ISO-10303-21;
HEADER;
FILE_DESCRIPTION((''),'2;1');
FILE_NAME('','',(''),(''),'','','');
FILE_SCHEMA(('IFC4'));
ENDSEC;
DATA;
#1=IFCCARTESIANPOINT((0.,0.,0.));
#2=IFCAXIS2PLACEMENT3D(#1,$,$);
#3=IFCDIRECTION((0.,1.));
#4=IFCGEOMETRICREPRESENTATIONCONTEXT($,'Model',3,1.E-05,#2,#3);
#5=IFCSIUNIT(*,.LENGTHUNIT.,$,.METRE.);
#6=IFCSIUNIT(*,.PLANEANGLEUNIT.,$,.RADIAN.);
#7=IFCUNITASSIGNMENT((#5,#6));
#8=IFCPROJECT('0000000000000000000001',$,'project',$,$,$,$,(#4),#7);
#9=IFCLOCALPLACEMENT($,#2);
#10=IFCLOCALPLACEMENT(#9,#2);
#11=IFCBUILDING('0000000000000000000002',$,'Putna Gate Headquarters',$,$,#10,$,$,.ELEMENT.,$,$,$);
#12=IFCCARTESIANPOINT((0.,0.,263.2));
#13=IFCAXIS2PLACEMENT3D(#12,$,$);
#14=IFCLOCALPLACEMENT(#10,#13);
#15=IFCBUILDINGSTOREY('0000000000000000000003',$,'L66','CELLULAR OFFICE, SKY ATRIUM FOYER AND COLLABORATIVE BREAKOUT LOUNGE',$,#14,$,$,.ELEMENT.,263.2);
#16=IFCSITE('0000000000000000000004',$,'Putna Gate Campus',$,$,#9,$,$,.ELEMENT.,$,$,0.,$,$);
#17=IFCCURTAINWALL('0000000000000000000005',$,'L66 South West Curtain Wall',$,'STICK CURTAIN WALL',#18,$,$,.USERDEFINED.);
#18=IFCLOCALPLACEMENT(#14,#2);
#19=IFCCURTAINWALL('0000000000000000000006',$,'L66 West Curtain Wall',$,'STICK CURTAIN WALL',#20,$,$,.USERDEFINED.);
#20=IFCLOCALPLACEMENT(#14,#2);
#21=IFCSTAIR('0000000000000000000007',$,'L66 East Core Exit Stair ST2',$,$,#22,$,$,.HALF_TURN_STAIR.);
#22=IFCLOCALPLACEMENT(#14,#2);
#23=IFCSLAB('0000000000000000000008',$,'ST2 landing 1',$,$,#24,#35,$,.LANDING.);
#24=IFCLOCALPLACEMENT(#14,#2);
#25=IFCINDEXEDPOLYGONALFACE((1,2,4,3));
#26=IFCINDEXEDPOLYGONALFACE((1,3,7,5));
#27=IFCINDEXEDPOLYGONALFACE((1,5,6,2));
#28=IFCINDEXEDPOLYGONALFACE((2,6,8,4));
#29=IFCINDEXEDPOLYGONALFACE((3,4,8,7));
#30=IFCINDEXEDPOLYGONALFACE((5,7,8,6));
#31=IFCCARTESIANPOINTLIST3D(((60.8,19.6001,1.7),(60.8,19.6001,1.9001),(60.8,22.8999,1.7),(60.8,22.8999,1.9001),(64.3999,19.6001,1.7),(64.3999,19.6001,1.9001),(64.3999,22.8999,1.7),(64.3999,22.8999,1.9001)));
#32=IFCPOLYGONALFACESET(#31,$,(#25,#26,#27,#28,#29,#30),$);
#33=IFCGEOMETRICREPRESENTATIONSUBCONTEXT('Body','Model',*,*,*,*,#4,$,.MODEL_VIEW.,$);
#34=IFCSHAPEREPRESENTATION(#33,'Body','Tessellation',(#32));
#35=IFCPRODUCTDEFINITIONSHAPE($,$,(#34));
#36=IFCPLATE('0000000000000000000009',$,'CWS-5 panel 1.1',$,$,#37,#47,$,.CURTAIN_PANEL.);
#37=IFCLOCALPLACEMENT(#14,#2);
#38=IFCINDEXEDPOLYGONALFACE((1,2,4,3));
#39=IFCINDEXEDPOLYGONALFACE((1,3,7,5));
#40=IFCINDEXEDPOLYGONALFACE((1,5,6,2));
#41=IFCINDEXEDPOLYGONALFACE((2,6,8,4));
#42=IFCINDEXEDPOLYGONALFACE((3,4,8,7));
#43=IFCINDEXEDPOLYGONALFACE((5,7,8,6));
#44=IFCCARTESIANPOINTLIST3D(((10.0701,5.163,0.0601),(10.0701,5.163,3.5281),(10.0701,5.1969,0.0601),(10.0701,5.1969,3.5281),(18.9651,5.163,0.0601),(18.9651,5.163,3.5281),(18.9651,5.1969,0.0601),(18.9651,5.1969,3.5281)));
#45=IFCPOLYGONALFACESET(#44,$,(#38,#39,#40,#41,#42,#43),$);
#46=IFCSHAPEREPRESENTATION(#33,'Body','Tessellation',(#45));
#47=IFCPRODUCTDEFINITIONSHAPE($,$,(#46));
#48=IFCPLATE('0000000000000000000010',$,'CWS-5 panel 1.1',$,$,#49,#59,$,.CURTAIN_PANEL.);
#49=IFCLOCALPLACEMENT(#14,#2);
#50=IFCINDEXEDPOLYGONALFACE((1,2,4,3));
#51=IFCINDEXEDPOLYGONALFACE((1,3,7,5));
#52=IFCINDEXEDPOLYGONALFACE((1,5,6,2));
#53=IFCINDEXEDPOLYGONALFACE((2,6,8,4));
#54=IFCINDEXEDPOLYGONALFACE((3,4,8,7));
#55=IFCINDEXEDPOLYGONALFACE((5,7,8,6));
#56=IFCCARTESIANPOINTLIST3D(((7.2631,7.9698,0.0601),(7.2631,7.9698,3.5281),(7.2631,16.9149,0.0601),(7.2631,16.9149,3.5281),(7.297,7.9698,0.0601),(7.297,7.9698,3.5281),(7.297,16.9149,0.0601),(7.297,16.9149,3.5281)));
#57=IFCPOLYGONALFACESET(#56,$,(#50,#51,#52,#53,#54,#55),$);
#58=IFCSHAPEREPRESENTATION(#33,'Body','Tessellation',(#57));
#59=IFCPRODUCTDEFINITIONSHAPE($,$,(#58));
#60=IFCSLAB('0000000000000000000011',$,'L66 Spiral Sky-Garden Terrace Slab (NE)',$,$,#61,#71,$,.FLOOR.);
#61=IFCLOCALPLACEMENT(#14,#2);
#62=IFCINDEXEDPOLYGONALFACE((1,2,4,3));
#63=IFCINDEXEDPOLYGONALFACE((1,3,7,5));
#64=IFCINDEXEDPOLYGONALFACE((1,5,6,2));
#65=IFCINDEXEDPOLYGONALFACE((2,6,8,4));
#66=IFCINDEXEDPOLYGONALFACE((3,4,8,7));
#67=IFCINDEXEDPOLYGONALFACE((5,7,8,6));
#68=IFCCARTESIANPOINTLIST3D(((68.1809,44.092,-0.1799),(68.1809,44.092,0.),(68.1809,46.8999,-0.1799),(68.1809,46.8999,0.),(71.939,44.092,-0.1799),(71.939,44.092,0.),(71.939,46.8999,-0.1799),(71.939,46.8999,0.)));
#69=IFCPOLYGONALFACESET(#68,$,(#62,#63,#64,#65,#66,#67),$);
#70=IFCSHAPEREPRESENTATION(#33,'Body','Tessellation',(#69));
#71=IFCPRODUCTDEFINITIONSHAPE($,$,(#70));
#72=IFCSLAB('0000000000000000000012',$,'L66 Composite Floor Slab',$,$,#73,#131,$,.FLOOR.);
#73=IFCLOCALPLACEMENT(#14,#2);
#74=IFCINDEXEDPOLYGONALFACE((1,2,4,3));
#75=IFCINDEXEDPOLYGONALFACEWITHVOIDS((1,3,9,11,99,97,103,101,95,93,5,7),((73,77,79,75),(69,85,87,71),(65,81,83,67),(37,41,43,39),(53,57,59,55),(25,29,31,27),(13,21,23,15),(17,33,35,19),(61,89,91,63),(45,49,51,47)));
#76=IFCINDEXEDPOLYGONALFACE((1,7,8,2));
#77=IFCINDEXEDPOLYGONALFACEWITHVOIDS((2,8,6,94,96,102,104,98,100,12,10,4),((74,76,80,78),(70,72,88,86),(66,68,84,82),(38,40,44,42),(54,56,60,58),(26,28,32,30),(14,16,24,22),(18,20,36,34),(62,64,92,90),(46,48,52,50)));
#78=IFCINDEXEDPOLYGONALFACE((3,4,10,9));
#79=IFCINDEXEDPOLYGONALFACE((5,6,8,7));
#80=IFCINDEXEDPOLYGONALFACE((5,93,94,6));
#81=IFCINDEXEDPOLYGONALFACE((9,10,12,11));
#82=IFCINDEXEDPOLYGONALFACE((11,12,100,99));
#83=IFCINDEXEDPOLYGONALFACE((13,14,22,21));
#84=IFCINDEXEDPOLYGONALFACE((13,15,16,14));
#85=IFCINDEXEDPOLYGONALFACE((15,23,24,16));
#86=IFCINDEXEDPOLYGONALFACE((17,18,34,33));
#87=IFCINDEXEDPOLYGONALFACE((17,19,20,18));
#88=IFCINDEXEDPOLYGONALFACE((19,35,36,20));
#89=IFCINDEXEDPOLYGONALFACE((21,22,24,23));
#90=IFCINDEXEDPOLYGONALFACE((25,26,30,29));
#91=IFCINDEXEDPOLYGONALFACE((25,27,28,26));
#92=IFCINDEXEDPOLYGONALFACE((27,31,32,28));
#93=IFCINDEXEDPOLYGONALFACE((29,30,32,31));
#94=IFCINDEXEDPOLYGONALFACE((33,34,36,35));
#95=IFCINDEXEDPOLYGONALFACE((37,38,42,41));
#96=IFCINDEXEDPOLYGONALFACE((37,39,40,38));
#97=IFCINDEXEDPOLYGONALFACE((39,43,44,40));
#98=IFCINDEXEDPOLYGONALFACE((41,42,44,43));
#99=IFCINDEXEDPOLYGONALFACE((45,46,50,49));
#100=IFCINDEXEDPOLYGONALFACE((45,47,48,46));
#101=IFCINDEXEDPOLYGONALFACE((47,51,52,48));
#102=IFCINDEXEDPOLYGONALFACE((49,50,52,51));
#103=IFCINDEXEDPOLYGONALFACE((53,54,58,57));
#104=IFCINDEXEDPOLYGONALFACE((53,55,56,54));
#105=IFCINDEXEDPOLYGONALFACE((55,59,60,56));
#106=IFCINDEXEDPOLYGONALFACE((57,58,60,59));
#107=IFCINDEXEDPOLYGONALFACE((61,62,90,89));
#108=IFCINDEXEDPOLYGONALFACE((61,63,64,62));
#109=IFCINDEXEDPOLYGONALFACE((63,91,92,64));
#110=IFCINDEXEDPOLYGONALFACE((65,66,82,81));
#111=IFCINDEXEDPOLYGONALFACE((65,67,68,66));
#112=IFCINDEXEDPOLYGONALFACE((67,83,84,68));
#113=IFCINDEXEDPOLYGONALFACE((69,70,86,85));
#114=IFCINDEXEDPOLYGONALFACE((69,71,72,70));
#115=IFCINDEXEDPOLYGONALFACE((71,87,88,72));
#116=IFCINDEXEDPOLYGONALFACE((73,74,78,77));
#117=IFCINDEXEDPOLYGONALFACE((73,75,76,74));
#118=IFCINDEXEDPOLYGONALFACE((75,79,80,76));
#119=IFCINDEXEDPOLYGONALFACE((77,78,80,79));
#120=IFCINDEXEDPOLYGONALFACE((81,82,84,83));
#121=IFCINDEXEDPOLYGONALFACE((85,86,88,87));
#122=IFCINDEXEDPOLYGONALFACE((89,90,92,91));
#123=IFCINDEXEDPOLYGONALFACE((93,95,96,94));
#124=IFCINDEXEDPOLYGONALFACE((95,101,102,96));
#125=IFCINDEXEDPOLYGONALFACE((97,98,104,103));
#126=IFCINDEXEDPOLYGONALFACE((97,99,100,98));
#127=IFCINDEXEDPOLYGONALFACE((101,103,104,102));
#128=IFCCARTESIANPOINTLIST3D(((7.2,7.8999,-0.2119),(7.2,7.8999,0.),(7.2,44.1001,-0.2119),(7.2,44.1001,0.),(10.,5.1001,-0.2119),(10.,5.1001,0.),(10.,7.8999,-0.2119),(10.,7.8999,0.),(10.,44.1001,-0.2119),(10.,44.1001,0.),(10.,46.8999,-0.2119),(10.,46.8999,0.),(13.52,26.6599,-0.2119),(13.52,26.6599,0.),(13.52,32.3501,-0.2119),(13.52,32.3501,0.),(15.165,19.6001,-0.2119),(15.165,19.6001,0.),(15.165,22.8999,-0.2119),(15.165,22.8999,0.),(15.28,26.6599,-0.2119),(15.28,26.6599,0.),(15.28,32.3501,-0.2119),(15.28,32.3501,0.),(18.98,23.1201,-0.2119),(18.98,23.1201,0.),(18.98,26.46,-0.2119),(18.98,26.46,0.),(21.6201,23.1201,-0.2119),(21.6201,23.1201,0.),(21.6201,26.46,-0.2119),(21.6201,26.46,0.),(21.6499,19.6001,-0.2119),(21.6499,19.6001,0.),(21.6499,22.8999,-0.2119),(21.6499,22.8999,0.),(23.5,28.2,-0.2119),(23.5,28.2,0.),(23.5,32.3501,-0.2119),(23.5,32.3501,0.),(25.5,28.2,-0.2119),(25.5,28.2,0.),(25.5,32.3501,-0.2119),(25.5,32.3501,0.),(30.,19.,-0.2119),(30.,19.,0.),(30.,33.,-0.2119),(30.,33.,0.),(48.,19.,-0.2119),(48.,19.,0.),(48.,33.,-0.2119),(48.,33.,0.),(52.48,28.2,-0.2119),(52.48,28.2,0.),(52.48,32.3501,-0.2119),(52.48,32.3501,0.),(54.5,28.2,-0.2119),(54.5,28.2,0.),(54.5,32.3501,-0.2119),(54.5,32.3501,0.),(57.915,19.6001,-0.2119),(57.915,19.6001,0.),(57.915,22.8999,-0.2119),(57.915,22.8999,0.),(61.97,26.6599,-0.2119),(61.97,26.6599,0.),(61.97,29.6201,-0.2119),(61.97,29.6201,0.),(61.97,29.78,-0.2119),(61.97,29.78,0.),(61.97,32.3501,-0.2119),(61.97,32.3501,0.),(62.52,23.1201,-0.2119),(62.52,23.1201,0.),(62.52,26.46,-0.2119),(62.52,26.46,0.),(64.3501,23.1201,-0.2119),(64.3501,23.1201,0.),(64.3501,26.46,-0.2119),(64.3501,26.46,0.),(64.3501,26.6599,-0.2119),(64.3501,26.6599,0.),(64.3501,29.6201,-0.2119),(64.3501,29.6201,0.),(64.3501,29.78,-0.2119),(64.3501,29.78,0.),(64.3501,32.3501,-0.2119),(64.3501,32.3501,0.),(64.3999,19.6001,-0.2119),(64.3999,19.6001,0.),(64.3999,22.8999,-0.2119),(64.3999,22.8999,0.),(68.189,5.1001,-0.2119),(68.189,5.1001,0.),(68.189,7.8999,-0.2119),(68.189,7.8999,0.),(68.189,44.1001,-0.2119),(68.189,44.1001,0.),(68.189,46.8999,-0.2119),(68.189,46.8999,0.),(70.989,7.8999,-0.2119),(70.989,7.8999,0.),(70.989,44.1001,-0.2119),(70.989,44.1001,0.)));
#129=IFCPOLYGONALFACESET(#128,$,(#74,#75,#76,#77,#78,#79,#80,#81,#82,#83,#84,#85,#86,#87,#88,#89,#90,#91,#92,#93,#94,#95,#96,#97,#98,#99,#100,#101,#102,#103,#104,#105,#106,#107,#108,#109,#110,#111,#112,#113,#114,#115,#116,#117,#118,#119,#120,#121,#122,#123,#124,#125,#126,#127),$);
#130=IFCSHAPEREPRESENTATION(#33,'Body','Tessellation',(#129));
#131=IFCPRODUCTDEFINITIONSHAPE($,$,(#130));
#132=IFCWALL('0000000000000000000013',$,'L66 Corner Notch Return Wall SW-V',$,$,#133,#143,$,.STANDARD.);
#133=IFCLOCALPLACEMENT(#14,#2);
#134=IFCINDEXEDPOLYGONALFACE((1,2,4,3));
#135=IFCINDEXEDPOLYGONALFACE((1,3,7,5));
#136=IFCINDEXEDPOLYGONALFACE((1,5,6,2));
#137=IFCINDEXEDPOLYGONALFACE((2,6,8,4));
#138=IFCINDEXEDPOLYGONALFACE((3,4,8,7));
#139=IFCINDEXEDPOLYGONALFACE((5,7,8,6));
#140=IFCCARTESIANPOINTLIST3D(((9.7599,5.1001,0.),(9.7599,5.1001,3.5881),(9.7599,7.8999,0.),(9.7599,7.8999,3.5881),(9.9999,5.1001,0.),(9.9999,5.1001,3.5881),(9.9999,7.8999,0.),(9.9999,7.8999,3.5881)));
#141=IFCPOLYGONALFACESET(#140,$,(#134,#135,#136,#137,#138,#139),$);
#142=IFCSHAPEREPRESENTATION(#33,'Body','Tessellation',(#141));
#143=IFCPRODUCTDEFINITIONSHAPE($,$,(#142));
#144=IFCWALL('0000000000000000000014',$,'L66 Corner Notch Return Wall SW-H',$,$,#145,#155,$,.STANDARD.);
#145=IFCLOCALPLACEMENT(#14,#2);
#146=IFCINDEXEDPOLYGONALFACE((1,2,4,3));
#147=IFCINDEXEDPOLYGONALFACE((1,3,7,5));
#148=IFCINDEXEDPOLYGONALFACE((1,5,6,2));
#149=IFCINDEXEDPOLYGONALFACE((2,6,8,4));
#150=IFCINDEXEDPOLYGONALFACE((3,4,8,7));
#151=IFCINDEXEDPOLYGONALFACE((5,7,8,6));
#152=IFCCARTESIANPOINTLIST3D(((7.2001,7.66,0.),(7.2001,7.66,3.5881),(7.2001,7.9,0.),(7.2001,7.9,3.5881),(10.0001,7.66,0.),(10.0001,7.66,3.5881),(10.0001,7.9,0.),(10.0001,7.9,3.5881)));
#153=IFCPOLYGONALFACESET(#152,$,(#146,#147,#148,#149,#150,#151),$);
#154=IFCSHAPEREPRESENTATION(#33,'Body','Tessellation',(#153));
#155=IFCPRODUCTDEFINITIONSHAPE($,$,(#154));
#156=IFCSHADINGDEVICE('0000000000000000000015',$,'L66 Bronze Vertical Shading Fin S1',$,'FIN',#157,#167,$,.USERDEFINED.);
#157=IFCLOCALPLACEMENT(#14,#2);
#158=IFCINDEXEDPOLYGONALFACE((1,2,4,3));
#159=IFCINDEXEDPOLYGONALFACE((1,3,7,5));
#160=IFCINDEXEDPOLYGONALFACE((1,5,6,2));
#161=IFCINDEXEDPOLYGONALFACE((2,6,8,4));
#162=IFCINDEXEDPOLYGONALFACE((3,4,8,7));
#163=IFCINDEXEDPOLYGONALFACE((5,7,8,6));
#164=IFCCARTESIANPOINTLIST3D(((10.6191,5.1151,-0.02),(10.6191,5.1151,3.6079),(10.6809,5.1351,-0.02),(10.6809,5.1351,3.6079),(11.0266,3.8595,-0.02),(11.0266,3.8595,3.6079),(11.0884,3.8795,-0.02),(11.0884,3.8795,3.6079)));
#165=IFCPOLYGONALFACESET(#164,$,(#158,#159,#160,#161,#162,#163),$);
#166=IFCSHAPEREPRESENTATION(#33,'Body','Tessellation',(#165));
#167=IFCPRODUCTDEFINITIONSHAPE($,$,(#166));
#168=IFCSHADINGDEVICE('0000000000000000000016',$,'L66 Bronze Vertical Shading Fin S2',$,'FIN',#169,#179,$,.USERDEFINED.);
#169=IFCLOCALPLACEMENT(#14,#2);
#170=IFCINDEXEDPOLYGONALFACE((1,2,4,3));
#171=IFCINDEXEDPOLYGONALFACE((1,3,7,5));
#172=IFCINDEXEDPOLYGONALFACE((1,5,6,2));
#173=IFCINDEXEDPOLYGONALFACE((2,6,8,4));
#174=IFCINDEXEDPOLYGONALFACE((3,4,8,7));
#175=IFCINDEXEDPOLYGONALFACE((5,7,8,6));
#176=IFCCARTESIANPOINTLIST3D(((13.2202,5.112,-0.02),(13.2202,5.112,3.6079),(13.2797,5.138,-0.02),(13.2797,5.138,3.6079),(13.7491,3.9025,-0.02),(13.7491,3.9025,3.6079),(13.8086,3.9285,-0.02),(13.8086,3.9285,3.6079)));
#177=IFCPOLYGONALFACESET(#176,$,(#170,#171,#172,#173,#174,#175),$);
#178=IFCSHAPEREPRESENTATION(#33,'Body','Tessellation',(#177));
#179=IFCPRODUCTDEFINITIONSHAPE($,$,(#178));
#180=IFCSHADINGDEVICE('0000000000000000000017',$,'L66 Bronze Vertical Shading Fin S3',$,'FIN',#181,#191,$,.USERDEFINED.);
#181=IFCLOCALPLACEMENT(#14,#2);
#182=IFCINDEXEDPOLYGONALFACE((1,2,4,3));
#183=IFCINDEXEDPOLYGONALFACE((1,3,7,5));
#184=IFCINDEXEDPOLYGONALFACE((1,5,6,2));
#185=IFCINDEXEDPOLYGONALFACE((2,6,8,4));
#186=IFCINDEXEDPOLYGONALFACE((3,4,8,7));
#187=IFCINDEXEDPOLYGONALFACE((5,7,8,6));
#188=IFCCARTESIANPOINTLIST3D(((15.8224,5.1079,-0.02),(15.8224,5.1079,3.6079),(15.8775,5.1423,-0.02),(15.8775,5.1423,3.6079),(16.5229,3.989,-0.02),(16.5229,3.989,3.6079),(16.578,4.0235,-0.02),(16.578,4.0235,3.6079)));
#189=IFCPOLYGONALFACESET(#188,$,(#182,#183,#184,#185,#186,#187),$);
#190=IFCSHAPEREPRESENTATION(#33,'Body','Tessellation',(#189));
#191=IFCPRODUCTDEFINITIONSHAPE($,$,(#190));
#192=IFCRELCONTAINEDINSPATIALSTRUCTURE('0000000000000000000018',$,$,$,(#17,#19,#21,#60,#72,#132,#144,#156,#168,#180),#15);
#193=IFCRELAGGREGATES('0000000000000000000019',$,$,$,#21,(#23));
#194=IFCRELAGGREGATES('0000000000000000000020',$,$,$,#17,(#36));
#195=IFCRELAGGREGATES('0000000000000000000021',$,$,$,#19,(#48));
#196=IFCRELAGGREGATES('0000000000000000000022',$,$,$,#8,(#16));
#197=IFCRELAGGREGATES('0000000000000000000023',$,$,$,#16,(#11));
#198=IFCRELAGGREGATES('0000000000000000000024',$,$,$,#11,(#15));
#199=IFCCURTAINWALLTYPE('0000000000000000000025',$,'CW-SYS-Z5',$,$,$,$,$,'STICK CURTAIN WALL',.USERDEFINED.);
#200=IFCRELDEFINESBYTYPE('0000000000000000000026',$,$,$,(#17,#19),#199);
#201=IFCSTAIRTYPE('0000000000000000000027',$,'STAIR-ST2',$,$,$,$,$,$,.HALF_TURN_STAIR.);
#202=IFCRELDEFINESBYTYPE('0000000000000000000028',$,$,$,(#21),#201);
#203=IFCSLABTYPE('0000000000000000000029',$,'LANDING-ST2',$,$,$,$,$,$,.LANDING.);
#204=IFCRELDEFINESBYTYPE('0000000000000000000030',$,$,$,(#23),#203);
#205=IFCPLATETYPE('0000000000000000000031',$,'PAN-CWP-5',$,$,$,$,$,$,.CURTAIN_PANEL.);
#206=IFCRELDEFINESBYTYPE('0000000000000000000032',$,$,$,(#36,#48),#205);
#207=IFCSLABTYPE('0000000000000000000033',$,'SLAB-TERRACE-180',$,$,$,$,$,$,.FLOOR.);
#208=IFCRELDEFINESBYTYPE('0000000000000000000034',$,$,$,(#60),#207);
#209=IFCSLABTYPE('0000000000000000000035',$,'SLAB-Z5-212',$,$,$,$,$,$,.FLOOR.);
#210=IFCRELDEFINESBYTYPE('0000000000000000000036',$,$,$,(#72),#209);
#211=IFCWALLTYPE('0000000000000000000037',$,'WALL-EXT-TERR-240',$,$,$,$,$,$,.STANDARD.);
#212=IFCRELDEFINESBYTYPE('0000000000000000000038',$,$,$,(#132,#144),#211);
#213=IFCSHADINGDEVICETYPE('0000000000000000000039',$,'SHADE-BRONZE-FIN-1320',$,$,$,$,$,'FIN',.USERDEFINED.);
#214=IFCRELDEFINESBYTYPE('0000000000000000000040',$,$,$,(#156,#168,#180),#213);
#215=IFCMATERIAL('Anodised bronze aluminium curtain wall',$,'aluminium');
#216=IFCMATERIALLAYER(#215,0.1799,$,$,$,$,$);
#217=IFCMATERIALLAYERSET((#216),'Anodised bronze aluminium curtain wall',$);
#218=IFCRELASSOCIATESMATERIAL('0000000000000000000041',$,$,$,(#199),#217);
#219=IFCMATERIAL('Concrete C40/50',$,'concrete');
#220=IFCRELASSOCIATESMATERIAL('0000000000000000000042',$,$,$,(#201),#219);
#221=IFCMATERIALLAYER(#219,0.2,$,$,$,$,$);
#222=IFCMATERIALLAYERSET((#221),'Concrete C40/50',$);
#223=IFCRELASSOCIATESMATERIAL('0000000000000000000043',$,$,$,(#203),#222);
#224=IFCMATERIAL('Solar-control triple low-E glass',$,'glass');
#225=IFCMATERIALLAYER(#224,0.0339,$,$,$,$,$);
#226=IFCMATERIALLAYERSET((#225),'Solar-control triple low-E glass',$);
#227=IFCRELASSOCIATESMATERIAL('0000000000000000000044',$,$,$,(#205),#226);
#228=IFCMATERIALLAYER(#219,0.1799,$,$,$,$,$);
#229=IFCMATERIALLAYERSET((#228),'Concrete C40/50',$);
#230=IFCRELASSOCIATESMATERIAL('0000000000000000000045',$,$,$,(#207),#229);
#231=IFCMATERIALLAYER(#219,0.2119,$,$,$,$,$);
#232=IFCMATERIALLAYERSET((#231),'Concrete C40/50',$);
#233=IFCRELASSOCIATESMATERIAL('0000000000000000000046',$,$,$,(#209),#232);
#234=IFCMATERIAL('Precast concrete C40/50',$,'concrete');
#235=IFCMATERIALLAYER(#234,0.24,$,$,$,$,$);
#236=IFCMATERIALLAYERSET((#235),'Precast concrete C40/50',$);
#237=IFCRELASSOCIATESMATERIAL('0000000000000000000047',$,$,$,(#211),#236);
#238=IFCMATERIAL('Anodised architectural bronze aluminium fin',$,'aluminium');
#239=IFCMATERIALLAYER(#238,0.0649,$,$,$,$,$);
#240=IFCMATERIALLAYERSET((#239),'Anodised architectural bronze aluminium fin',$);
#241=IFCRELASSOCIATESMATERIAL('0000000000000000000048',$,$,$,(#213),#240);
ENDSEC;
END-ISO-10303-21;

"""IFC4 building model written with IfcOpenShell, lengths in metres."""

from ifc_helpers import new_model, si_unit, direction, frame, frame_2d, origin, origin_2d, place, context, subcontext, project, spatial, polyline, rectangle, outline, extrude, material, layer, layer_set, type_object, element, aggregate, save


model = new_model("IFC4")

# Units and contexts
model_context = context("Model", 3, precision=1e-05, world=origin(), true_north=direction((0.0, 1.0)))
body_context = subcontext(model_context, "Body", "Model", "MODEL_VIEW")
ifc_project = project(units=[si_unit("LENGTHUNIT", "METRE"), si_unit("PLANEANGLEUNIT", "RADIAN")], contexts=[model_context])

# Site, building, storey
site_placement = place(None, origin())
site = spatial("IfcSite", under=ifc_project, at=site_placement, Name="Putna Gate Campus", CompositionType="ELEMENT", RefElevation=0.0)
building_placement = place(site_placement, origin())
building = spatial("IfcBuilding", under=site, at=building_placement, Name="Putna Gate Headquarters", CompositionType="ELEMENT")
storey_placement = place(building_placement, frame((0.0, 0.0, 263.2)))
storey = spatial("IfcBuildingStorey", under=building, at=storey_placement, Name="L66", Description="CELLULAR OFFICE, SKY ATRIUM FOYER AND COLLABORATIVE BREAKOUT LOUNGE", CompositionType="ELEMENT", Elevation=263.2)

# Curtain walls
ifc_material_1 = material(Name="Anodised bronze aluminium curtain wall", Category="aluminium")
ifc_layer_1 = layer(ifc_material_1, 0.1799)
ifc_layer_set_1 = layer_set([ifc_layer_1], Name="Anodised bronze aluminium curtain wall")
curtain_wall_type = type_object("IfcCurtainWallType", Name="CW-SYS-Z5", ElementType="STICK CURTAIN WALL", PredefinedType="USERDEFINED", material=ifc_layer_set_1)
curtain_wall_1_placement = place(storey_placement, origin())
curtain_wall_1 = element("IfcCurtainWall", 1, at=curtain_wall_1_placement, inside=storey, type_object=curtain_wall_type, Name="L66 South West Curtain Wall", ObjectType="STICK CURTAIN WALL", PredefinedType="USERDEFINED")
curtain_wall_2_placement = place(storey_placement, origin())
curtain_wall_2 = element("IfcCurtainWall", 2, at=curtain_wall_2_placement, inside=storey, type_object=curtain_wall_type, Name="L66 West Curtain Wall", ObjectType="STICK CURTAIN WALL", PredefinedType="USERDEFINED")

# Stair, slab
ifc_material_2 = material(Name="Concrete C40/50", Category="concrete")
stair_type_1 = type_object("IfcStairType", Name="STAIR-ST2", PredefinedType="HALF_TURN_STAIR", material=ifc_material_2)
stair_1_placement = place(storey_placement, origin())
stair_1 = element("IfcStair", 3, at=stair_1_placement, inside=storey, type_object=stair_type_1, Name="L66 East Core Exit Stair ST2", PredefinedType="HALF_TURN_STAIR")
ifc_layer_2 = layer(ifc_material_2, 0.2)
ifc_layer_set_2 = layer_set([ifc_layer_2], Name="Concrete C40/50")
slab_type_1 = type_object("IfcSlabType", Name="LANDING-ST2", PredefinedType="LANDING", material=ifc_layer_set_2)
slab_1_placement = place(storey_placement, frame((0.0, 0.0, 1.7)))
slab_1 = element("IfcSlab", 4, at=slab_1_placement, type_object=slab_type_1, Name="ST2 landing 1", PredefinedType="LANDING", context=body_context, shape_type="SweptSolid", body=[
    extrude(outline(polyline([(60.8, 19.6001), (64.3999, 19.6001), (64.3999, 22.8999), (60.8, 22.8999), (60.8, 19.6001)])), origin(), (0.0, 0.0, 1.0), 0.2002),
])
aggregate(stair_1, [slab_1])

# Plates
ifc_material_3 = material(Name="Solar-control triple low-E glass", Category="glass")
ifc_layer_3 = layer(ifc_material_3, 0.0339)
ifc_layer_set_3 = layer_set([ifc_layer_3], Name="Solar-control triple low-E glass")
plate_type = type_object("IfcPlateType", Name="PAN-CWP-5", PredefinedType="CURTAIN_PANEL", material=ifc_layer_set_3)
plate_1_placement = place(storey_placement, frame((14.5176, 5.1799, 0.0601), z_axis=(0.0, 0.0, 1.0), x_axis=(1.0, 0.0, 0.0)))
plate_1 = element("IfcPlate", 5, at=plate_1_placement, type_object=plate_type, Name="CWS-5 panel 1.1", PredefinedType="CURTAIN_PANEL", context=body_context, shape_type="SweptSolid", body=[
    extrude(rectangle(XDim=8.895, YDim=0.0339, at=origin_2d()), origin(), (0.0, 0.0, 1.0), 3.468),
])
aggregate(curtain_wall_1, [plate_1])
plate_2_placement = place(storey_placement, frame((7.28, 12.4424, 0.0601), z_axis=(0.0, 0.0, 1.0), x_axis=(0.0, 1.0, 0.0)))
plate_2 = element("IfcPlate", 6, at=plate_2_placement, type_object=plate_type, Name="CWS-5 panel 1.1", PredefinedType="CURTAIN_PANEL", context=body_context, shape_type="SweptSolid", body=[
    extrude(rectangle(XDim=8.9451, YDim=0.0339, at=origin_2d()), origin(), (0.0, 0.0, 1.0), 3.468),
])
aggregate(curtain_wall_2, [plate_2])

# Slabs
ifc_layer_4 = layer(ifc_material_2, 0.1799)
ifc_layer_set_4 = layer_set([ifc_layer_4], Name="Concrete C40/50")
slab_type_2 = type_object("IfcSlabType", Name="SLAB-TERRACE-180", PredefinedType="FLOOR", material=ifc_layer_set_4)
slab_2_placement = place(storey_placement, frame((0.0, 0.0, -0.1799)))
element("IfcSlab", 7, at=slab_2_placement, inside=storey, type_object=slab_type_2, Name="L66 Spiral Sky-Garden Terrace Slab (NE)", PredefinedType="FLOOR", context=body_context, shape_type="SweptSolid", body=[
    extrude(outline(polyline([(68.1809, 44.092), (71.939, 44.092), (71.939, 46.8999), (68.1809, 46.8999), (68.1809, 44.092)])), origin(), (0.0, 0.0, 1.0), 0.1799),
])
ifc_layer_5 = layer(ifc_material_2, 0.2119)
ifc_layer_set_5 = layer_set([ifc_layer_5], Name="Concrete C40/50")
slab_type_3 = type_object("IfcSlabType", Name="SLAB-Z5-212", PredefinedType="FLOOR", material=ifc_layer_set_5)
slab_3_placement = place(storey_placement, frame((0.0, 0.0, -0.2119)))
element("IfcSlab", 8, at=slab_3_placement, inside=storey, type_object=slab_type_3, Name="L66 Composite Floor Slab", PredefinedType="FLOOR", context=body_context, shape_type="SweptSolid", body=[
    extrude(outline(polyline([(10.0, 5.1001), (68.189, 5.1001), (68.189, 7.8999), (70.989, 7.8999), (70.989, 44.1001), (68.189, 44.1001), (68.189, 46.8999), (10.0, 46.8999), (10.0, 44.1001), (7.2, 44.1001), (7.2, 7.8999), (10.0, 7.8999), (10.0, 5.1001)]), holes=[polyline([(15.165, 19.6001), (21.6499, 19.6001), (21.6499, 22.8999), (15.165, 22.8999), (15.165, 19.6001)]), polyline([(57.915, 19.6001), (64.3999, 19.6001), (64.3999, 22.8999), (57.915, 22.8999), (57.915, 19.6001)]), polyline([(13.52, 26.6599), (15.28, 26.6599), (15.28, 32.3501), (13.52, 32.3501), (13.52, 26.6599)]), polyline([(61.97, 29.78), (64.3501, 29.78), (64.3501, 32.3501), (61.97, 32.3501), (61.97, 29.78)]), polyline([(18.98, 23.1201), (21.6201, 23.1201), (21.6201, 26.46), (18.98, 26.46), (18.98, 23.1201)]), polyline([(62.52, 23.1201), (64.3501, 23.1201), (64.3501, 26.46), (62.52, 26.46), (62.52, 23.1201)]), polyline([(61.97, 26.6599), (64.3501, 26.6599), (64.3501, 29.6201), (61.97, 29.6201), (61.97, 26.6599)]), polyline([(23.5, 28.2), (25.5, 28.2), (25.5, 32.3501), (23.5, 32.3501), (23.5, 28.2)]), polyline([(52.48, 28.2), (54.5, 28.2), (54.5, 32.3501), (52.48, 32.3501), (52.48, 28.2)]), polyline([(30.0, 19.0), (48.0, 19.0), (48.0, 33.0), (30.0, 33.0), (30.0, 19.0)])]), origin(), (0.0, 0.0, 1.0), 0.2119),
])

# Walls
ifc_material_4 = material(Name="Precast concrete C40/50", Category="concrete")
ifc_layer_6 = layer(ifc_material_4, 0.24)
ifc_layer_set_6 = layer_set([ifc_layer_6], Name="Precast concrete C40/50")
wall_type = type_object("IfcWallType", Name="WALL-EXT-TERR-240", PredefinedType="STANDARD", material=ifc_layer_set_6)
wall_1_placement = place(storey_placement, frame((9.8799, 5.1001, 0.0), z_axis=(0.0, 0.0, 1.0), x_axis=(0.0, 1.0, 0.0)))
element("IfcWall", 9, at=wall_1_placement, inside=storey, type_object=wall_type, Name="L66 Corner Notch Return Wall SW-V", PredefinedType="STANDARD", context=body_context, shape_type="SweptSolid", body=[
    extrude(rectangle(XDim=2.7998, YDim=0.24, at=frame_2d((1.3999, 0.0))), origin(), (0.0, 0.0, 1.0), 3.5881),
])
wall_2_placement = place(storey_placement, frame((10.0, 7.78, 0.0), z_axis=(0.0, 0.0, 1.0), x_axis=(-1.0, 0.0, 0.0)))
element("IfcWall", 10, at=wall_2_placement, inside=storey, type_object=wall_type, Name="L66 Corner Notch Return Wall SW-H", PredefinedType="STANDARD", context=body_context, shape_type="SweptSolid", body=[
    extrude(rectangle(XDim=2.8, YDim=0.24, at=frame_2d((1.3999, 0.0))), origin(), (0.0, 0.0, 1.0), 3.5881),
])

# Shading devices
ifc_material_5 = material(Name="Anodised architectural bronze aluminium fin", Category="aluminium")
ifc_layer_7 = layer(ifc_material_5, 0.0649)
ifc_layer_set_7 = layer_set([ifc_layer_7], Name="Anodised architectural bronze aluminium fin")
shading_device_type_1 = type_object("IfcShadingDeviceType", Name="SHADE-BRONZE-FIN-1320", ElementType="FIN", PredefinedType="USERDEFINED", material=ifc_layer_set_7)
for number, where, z_axis, x_axis, name in (
    (11, (10.8538, 4.4973, -0.02), (0.0, 0.0, 1.0), (0.308685, -0.951164, 0.0), "L66 Bronze Vertical Shading Fin S1"),
    (12, (13.5144, 4.5203, -0.02), (0.0, 0.0, 1.0), (0.400669, -0.916223, 0.0), "L66 Bronze Vertical Shading Fin S2"),
    (13, (16.2002, 4.5657, -0.02), (0.0, 0.0, 1.0), (0.530659, -0.847585, 0.0), "L66 Bronze Vertical Shading Fin S3"),
):
    element("IfcShadingDevice", number, at=place(storey_placement, frame(where, z_axis=z_axis, x_axis=x_axis)), inside=storey, type_object=shading_device_type_1, Name=name, ObjectType="FIN", PredefinedType="USERDEFINED", context=body_context, shape_type="SweptSolid", body=[
        extrude(rectangle(XDim=1.3201, YDim=0.0649, at=origin_2d()), origin(), (0.0, 0.0, 1.0), 3.6279),
    ])

save(model, "model.ifc")
